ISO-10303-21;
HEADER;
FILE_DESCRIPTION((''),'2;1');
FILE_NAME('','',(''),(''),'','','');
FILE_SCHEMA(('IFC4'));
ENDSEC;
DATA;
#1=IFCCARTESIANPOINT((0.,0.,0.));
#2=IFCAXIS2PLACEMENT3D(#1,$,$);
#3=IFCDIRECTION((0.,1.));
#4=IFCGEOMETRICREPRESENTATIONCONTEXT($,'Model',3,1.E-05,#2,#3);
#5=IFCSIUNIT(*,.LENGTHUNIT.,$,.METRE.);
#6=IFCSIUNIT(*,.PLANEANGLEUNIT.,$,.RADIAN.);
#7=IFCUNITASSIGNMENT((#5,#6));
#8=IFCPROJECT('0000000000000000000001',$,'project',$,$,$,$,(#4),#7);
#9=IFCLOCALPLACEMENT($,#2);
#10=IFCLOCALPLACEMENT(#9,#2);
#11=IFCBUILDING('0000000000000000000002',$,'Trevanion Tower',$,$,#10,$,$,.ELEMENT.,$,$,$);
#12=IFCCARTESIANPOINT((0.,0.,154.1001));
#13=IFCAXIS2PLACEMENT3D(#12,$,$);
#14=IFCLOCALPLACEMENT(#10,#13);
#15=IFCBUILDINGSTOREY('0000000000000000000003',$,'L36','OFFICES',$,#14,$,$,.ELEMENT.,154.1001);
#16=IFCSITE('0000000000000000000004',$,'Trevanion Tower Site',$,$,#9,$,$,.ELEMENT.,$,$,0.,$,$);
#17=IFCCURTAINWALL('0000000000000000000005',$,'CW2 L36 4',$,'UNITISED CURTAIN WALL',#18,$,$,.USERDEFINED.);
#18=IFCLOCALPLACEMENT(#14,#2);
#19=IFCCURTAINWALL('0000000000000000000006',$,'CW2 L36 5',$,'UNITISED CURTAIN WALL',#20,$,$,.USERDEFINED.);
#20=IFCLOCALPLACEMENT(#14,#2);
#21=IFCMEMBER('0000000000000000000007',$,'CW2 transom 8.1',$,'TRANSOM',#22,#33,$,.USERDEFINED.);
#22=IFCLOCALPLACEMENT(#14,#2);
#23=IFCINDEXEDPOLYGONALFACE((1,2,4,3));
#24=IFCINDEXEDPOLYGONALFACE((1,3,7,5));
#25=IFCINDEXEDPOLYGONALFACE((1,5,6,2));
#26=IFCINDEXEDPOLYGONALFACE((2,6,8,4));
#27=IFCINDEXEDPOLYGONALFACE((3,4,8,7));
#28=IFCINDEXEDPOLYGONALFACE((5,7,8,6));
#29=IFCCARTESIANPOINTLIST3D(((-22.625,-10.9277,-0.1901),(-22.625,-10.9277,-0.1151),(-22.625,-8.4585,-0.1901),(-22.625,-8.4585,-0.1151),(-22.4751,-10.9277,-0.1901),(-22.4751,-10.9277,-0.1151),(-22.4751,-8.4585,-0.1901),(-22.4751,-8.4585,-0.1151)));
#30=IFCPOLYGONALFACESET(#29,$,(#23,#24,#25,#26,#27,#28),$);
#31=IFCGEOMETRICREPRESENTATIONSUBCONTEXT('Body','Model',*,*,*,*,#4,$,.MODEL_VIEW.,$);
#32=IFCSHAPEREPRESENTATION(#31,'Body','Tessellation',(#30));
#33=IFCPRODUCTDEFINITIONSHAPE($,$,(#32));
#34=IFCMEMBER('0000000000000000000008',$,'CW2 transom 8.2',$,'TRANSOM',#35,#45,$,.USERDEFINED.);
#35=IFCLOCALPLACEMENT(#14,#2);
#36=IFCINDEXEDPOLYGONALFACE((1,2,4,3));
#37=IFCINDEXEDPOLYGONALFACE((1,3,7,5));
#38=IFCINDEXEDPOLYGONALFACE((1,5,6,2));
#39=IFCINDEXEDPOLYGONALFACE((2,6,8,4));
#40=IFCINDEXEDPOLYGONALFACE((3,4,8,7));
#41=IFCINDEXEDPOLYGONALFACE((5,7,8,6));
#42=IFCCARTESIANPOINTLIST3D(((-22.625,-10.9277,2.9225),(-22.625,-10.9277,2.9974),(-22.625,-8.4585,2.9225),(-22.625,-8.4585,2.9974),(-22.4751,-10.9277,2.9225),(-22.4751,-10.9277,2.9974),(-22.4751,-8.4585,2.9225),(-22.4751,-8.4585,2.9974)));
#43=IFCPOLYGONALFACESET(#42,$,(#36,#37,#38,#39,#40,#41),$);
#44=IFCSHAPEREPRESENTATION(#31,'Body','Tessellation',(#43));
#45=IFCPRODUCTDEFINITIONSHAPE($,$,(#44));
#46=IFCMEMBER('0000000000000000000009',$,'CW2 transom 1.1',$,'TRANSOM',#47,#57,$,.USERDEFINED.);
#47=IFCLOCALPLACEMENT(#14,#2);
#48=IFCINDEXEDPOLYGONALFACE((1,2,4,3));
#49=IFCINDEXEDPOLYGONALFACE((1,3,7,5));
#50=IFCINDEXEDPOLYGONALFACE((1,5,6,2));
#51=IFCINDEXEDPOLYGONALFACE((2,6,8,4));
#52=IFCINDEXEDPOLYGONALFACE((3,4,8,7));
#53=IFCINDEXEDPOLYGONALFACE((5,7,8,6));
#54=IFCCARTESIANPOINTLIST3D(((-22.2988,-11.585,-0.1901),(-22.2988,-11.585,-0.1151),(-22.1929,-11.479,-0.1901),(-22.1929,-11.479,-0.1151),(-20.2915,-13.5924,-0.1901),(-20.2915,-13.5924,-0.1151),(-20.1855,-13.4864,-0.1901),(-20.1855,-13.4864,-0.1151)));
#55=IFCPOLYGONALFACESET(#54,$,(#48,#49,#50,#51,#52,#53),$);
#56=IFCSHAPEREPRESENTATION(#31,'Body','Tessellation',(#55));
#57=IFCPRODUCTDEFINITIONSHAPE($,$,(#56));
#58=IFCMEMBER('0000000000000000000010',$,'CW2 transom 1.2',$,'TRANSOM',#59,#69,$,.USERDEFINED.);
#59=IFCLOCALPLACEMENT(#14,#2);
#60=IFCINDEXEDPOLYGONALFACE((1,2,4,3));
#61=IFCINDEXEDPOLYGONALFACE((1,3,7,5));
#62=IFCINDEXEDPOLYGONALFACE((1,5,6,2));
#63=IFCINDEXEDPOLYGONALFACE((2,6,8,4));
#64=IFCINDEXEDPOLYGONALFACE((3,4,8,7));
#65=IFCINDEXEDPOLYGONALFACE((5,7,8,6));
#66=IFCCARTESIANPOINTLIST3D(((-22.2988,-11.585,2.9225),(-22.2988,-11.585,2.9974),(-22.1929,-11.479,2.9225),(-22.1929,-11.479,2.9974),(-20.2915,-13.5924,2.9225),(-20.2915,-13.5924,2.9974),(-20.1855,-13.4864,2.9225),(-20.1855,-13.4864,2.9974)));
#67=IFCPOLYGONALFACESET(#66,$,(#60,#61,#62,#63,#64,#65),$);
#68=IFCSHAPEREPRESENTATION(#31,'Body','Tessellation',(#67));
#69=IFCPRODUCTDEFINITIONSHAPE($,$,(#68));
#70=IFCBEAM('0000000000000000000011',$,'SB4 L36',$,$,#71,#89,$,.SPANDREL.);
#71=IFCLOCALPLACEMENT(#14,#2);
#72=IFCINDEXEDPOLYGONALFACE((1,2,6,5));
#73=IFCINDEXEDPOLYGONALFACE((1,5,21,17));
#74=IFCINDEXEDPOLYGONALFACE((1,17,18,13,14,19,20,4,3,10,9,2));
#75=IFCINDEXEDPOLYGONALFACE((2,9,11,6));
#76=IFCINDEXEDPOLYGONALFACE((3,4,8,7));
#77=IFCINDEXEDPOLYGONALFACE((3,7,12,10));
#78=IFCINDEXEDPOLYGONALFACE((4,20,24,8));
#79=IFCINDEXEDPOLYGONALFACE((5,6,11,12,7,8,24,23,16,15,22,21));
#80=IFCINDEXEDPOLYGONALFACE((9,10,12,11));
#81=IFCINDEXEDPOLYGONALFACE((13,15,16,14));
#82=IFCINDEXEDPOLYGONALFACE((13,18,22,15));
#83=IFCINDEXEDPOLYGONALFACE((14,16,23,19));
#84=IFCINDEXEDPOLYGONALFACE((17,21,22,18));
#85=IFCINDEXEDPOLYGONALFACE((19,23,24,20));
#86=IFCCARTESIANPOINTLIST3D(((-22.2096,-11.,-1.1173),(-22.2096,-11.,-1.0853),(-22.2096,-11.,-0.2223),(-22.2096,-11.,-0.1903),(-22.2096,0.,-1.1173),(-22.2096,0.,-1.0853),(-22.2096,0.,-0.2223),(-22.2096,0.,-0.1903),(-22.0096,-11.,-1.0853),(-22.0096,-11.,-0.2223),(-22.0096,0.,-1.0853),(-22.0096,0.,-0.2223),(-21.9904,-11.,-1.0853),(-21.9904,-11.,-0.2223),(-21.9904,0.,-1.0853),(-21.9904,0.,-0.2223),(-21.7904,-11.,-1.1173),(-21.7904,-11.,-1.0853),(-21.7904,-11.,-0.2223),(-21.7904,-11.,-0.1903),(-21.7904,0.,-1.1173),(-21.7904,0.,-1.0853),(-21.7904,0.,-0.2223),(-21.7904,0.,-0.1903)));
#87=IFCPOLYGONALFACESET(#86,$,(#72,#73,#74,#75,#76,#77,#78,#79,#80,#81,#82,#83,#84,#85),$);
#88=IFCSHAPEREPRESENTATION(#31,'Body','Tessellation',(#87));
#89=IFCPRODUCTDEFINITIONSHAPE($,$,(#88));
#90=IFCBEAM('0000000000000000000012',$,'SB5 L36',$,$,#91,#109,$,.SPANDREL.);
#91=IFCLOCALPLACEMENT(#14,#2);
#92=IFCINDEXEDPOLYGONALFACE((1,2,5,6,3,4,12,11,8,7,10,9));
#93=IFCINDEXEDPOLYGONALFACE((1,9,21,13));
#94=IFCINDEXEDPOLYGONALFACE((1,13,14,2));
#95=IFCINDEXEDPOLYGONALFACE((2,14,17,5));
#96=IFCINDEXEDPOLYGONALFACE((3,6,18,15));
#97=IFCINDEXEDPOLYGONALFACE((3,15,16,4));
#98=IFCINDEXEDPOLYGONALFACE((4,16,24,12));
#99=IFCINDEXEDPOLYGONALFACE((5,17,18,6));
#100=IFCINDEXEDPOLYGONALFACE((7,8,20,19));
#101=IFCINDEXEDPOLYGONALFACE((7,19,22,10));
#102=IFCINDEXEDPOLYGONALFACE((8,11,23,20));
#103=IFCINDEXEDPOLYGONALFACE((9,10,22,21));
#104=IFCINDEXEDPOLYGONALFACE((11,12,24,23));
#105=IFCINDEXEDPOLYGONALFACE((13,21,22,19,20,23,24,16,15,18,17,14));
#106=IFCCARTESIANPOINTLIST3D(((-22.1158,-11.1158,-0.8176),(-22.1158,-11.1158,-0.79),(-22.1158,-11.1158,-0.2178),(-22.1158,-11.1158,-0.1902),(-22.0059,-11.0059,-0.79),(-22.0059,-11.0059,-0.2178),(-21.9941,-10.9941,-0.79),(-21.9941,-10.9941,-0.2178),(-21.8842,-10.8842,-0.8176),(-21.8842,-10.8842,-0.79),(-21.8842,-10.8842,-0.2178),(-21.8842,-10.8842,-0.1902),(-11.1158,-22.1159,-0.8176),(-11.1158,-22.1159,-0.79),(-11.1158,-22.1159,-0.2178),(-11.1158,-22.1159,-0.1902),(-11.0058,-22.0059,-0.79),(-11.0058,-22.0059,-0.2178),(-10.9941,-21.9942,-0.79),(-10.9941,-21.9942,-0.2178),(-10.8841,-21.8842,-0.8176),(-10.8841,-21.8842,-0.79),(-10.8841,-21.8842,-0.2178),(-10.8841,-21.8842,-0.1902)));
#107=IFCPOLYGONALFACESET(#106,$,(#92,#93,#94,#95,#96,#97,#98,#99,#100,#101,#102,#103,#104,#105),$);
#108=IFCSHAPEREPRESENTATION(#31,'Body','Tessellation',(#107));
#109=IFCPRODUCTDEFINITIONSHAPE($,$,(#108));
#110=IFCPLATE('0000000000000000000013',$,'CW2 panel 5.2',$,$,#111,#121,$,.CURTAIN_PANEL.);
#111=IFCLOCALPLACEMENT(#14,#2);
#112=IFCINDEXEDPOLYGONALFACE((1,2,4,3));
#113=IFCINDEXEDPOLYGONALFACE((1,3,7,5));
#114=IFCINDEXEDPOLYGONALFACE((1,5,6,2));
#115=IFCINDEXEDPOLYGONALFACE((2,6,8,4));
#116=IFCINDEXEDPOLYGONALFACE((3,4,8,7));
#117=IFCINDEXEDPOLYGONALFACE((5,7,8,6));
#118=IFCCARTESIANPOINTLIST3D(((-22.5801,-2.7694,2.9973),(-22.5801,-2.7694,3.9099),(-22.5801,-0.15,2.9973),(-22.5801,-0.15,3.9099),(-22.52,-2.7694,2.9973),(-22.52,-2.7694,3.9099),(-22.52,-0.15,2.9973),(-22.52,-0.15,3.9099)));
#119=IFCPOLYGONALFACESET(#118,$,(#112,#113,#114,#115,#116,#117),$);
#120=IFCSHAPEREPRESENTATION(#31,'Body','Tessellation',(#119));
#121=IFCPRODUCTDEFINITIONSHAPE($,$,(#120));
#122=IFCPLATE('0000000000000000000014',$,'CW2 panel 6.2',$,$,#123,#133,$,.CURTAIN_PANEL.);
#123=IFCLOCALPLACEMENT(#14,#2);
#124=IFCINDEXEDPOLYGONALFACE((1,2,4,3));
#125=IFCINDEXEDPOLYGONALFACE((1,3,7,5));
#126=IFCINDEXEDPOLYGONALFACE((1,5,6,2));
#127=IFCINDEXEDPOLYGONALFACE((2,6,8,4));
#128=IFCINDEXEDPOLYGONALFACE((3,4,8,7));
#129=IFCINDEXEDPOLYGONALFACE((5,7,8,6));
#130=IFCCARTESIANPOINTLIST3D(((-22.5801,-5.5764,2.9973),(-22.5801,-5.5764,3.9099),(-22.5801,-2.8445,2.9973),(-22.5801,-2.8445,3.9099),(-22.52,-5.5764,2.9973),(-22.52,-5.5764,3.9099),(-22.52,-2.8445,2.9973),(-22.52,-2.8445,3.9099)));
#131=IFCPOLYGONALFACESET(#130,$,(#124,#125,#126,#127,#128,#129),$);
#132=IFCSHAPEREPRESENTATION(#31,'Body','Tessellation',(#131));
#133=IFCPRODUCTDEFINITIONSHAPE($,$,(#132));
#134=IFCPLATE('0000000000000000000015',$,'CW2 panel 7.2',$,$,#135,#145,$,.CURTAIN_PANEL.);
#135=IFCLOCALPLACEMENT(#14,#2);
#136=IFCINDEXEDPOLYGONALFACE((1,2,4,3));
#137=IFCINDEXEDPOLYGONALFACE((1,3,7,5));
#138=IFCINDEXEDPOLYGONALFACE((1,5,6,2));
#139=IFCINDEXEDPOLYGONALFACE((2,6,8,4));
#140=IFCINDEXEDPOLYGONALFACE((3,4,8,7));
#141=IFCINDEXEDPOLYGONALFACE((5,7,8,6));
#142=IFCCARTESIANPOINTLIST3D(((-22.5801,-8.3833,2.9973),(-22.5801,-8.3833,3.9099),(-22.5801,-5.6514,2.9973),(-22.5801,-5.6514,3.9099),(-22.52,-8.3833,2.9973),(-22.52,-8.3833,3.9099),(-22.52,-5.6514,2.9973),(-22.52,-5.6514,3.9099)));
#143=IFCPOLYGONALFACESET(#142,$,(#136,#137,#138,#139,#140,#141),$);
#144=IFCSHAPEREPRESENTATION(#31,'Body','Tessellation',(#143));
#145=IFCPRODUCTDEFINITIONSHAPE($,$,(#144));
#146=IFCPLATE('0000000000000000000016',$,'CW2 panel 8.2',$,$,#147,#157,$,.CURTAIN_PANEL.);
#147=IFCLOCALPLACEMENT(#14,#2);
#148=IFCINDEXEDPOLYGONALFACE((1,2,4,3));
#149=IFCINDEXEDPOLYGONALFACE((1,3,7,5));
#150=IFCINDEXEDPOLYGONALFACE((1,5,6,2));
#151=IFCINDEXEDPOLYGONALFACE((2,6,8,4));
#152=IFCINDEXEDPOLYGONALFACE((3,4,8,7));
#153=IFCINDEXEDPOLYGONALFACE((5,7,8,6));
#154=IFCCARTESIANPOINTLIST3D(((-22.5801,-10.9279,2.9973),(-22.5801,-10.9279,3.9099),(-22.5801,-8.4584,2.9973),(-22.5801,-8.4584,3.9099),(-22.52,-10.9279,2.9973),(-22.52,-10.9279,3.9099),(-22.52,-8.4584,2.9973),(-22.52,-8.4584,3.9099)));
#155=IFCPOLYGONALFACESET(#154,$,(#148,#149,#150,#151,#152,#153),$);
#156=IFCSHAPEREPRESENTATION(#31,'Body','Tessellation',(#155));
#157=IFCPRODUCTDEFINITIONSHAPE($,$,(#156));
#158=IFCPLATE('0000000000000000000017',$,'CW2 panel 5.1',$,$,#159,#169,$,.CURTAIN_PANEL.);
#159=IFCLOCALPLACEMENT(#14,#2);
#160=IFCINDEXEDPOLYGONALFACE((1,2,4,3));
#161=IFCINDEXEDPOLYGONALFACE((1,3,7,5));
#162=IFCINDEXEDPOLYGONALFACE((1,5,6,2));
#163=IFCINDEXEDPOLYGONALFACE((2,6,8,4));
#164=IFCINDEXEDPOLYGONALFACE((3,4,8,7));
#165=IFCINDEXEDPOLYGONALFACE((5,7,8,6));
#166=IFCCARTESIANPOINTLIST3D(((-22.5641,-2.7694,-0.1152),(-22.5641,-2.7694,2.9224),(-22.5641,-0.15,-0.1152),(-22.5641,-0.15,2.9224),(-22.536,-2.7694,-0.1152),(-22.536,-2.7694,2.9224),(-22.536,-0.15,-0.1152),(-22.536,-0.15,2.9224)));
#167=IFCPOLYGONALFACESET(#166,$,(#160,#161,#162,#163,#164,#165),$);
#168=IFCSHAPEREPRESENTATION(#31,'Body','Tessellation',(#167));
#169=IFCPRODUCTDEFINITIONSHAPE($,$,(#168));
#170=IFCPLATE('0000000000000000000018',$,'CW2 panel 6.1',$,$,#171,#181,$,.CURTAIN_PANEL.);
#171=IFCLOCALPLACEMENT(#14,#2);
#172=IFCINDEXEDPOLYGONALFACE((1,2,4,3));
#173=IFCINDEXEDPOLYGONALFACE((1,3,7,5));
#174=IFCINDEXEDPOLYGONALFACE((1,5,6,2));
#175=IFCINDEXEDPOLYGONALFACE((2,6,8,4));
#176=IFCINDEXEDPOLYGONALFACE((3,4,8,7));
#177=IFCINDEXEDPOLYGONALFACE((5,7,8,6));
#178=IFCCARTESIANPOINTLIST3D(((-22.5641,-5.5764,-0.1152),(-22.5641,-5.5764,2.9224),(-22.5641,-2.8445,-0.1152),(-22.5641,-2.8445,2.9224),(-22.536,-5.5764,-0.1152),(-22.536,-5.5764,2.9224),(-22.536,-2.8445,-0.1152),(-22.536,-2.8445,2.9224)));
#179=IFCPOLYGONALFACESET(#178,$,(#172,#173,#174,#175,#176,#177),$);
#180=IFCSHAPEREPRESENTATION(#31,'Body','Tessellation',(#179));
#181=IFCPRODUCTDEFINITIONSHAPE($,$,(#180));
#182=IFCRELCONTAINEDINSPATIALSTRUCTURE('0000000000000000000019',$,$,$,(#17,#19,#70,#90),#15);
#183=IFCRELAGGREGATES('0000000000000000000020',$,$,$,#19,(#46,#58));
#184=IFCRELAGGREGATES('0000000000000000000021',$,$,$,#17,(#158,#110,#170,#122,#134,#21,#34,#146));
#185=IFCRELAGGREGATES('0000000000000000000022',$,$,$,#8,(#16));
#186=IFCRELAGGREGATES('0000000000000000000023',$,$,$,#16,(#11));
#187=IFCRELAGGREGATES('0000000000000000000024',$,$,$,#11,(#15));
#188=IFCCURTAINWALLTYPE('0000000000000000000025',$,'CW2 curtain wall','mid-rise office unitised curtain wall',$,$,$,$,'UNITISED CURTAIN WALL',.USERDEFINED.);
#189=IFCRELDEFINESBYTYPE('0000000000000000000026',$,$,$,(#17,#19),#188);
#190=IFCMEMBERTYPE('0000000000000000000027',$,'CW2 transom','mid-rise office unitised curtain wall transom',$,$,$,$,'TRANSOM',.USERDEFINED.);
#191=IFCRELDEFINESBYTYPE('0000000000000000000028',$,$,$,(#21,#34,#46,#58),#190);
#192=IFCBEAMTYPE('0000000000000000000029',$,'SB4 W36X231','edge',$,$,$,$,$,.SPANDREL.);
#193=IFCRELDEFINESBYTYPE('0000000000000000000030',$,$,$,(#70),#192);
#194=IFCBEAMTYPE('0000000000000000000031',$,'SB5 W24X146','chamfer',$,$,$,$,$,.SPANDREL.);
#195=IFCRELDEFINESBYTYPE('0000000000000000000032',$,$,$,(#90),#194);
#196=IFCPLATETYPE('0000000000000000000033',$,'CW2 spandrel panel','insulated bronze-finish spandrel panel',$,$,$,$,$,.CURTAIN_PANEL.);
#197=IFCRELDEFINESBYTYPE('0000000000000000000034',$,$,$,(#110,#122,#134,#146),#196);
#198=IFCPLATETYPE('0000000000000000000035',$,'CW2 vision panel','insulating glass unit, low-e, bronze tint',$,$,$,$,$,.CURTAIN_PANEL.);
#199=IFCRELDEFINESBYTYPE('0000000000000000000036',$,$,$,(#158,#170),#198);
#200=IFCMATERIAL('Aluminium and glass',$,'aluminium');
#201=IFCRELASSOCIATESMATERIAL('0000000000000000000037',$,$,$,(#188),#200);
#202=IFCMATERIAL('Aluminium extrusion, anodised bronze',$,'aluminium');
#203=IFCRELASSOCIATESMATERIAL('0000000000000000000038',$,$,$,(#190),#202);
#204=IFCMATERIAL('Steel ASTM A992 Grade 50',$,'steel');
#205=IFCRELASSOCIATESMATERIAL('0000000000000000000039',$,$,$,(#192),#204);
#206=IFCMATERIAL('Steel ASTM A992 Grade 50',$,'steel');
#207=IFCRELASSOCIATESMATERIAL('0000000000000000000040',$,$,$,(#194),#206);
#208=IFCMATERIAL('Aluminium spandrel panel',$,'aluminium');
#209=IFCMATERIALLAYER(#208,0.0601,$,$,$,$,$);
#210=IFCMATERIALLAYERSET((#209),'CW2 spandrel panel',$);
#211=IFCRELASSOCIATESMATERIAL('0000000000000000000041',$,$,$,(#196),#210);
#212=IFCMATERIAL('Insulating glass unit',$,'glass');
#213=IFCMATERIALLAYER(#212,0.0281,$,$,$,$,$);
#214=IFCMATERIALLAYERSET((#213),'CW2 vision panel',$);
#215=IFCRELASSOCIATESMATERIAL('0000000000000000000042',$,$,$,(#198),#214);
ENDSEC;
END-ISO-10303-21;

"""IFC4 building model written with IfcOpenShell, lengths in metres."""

from ifc_helpers import new_model, si_unit, direction, frame, origin, origin_2d, place, context, subcontext, project, spatial, rectangle, i_section, extrude, material, layer, layer_set, material_profile, profile_set, type_object, element, aggregate, save


model = new_model("IFC4")

# Units and contexts
model_context = context("Model", 3, precision=1e-05, world=origin(), true_north=direction((0.0, 1.0)))
body_context = subcontext(model_context, "Body", "Model", "MODEL_VIEW")
ifc_project = project(units=[si_unit("LENGTHUNIT", "METRE"), si_unit("PLANEANGLEUNIT", "RADIAN")], contexts=[model_context])

# Site, building, storey
site_placement = place(None, origin())
site = spatial("IfcSite", under=ifc_project, at=site_placement, Name="Trevanion Tower Site", CompositionType="ELEMENT", RefElevation=0.0)
building_placement = place(site_placement, origin())
building = spatial("IfcBuilding", under=site, at=building_placement, Name="Trevanion Tower", CompositionType="ELEMENT")
storey_placement = place(building_placement, frame((0.0, 0.0, 154.1001)))
storey = spatial("IfcBuildingStorey", under=building, at=storey_placement, Name="L36", Description="OFFICES", CompositionType="ELEMENT", Elevation=154.1001)

# Curtain wall
ifc_material_1 = material(Name="Aluminium and glass", Category="aluminium")
curtain_wall_type = type_object("IfcCurtainWallType", Name="CW2 curtain wall", Description="mid-rise office unitised curtain wall", ElementType="UNITISED CURTAIN WALL", PredefinedType="USERDEFINED", material=ifc_material_1)
curtain_wall_1_placement = place(storey_placement, origin())
curtain_wall_1 = element("IfcCurtainWall", 1, at=curtain_wall_1_placement, inside=storey, type_object=curtain_wall_type, Name="CW2 L36 4", ObjectType="UNITISED CURTAIN WALL", PredefinedType="USERDEFINED")

# Curtain wall
curtain_wall_2_placement = place(storey_placement, origin())
curtain_wall_2 = element("IfcCurtainWall", 2, at=curtain_wall_2_placement, inside=storey, type_object=curtain_wall_type, Name="CW2 L36 5", ObjectType="UNITISED CURTAIN WALL", PredefinedType="USERDEFINED")

# Members
ifc_material_2 = material(Name="Aluminium extrusion, anodised bronze", Category="aluminium")
ifc_material_profile_1 = material_profile(ifc_material_2, rectangle(XDim=0.1499, YDim=0.075, at=origin_2d()), Name="CW2 transom")
ifc_profile_set_1 = profile_set([ifc_material_profile_1], Name="Aluminium extrusion, anodised bronze")
member_type_1 = type_object("IfcMemberType", Name="CW2 transom", Description="mid-rise office unitised curtain wall transom", ElementType="TRANSOM", PredefinedType="USERDEFINED", material=ifc_profile_set_1)
member_1_placement = place(storey_placement, frame((-22.55, -8.4585, -0.1526), z_axis=(0.0, -1.0, 0.0), x_axis=(1.0, 0.0, 0.0)))
member_1 = element("IfcMember", 3, at=member_1_placement, type_object=member_type_1, Name="CW2 transom 8.1", ObjectType="TRANSOM", PredefinedType="USERDEFINED", context=body_context, shape_type="SweptSolid", body=[
    extrude(rectangle(XDim=0.1499, YDim=0.075, at=origin_2d()), origin(), (0.0, 0.0, 1.0), 2.4692),
])
member_2_placement = place(storey_placement, frame((-22.55, -8.4585, 2.96), z_axis=(0.0, -1.0, 0.0), x_axis=(1.0, 0.0, 0.0)))
member_2 = element("IfcMember", 4, at=member_2_placement, type_object=member_type_1, Name="CW2 transom 8.2", ObjectType="TRANSOM", PredefinedType="USERDEFINED", context=body_context, shape_type="SweptSolid", body=[
    extrude(rectangle(XDim=0.1499, YDim=0.075, at=origin_2d()), origin(), (0.0, 0.0, 1.0), 2.4692),
])
member_3_placement = place(storey_placement, frame((-22.2458, -11.532, -0.1526), z_axis=(0.707107, -0.707107, 0.0), x_axis=(0.707107, 0.707107, 0.0)))
member_3 = element("IfcMember", 5, at=member_3_placement, type_object=member_type_1, Name="CW2 transom 1.1", ObjectType="TRANSOM", PredefinedType="USERDEFINED", context=body_context, shape_type="SweptSolid", body=[
    extrude(rectangle(XDim=0.1499, YDim=0.075, at=origin_2d()), origin(), (0.0, 0.0, 1.0), 2.8389),
])
member_4_placement = place(storey_placement, frame((-22.2458, -11.532, 2.96), z_axis=(0.707107, -0.707107, 0.0), x_axis=(0.707107, 0.707107, 0.0)))
member_4 = element("IfcMember", 6, at=member_4_placement, type_object=member_type_1, Name="CW2 transom 1.2", ObjectType="TRANSOM", PredefinedType="USERDEFINED", context=body_context, shape_type="SweptSolid", body=[
    extrude(rectangle(XDim=0.1499, YDim=0.075, at=origin_2d()), origin(), (0.0, 0.0, 1.0), 2.8389),
])
aggregate(curtain_wall_2, [member_3, member_4])

# Beams
ifc_material_3 = material(Name="Steel ASTM A992 Grade 50", Category="steel")
ifc_material_profile_2 = material_profile(ifc_material_3, i_section(OverallWidth=0.4192, OverallDepth=0.927, WebThickness=0.0193, FlangeThickness=0.032, at=origin_2d()), Name="W36X231")
ifc_profile_set_2 = profile_set([ifc_material_profile_2], Name="Steel ASTM A992 Grade 50")
beam_type_1 = type_object("IfcBeamType", Name="SB4 W36X231", Description="edge", PredefinedType="SPANDREL", material=ifc_profile_set_2)
beam_1_placement = place(storey_placement, frame((-22.0, 0.0, -0.6538), z_axis=(0.0, -1.0, 0.0), x_axis=(1.0, 0.0, 0.0)))
element("IfcBeam", 7, at=beam_1_placement, inside=storey, type_object=beam_type_1, Name="SB4 L36", PredefinedType="SPANDREL", context=body_context, shape_type="SweptSolid", body=[
    extrude(i_section(OverallWidth=0.4192, OverallDepth=0.927, WebThickness=0.0193, FlangeThickness=0.032, at=origin_2d()), origin(), (0.0, 0.0, 1.0), 11.0),
])
ifc_material_4 = material(Name="Steel ASTM A992 Grade 50", Category="steel")
ifc_material_profile_3 = material_profile(ifc_material_4, i_section(OverallWidth=0.3276, OverallDepth=0.6274, WebThickness=0.0166, FlangeThickness=0.0276, at=origin_2d()), Name="W24X146")
ifc_profile_set_3 = profile_set([ifc_material_profile_3], Name="Steel ASTM A992 Grade 50")
beam_type_2 = type_object("IfcBeamType", Name="SB5 W24X146", Description="chamfer", PredefinedType="SPANDREL", material=ifc_profile_set_3)
beam_2_placement = place(storey_placement, frame((-22.0, -11.0, -0.5039), z_axis=(0.707107, -0.707107, 0.0), x_axis=(0.707107, 0.707107, 0.0)))
element("IfcBeam", 8, at=beam_2_placement, inside=storey, type_object=beam_type_2, Name="SB5 L36", PredefinedType="SPANDREL", context=body_context, shape_type="SweptSolid", body=[
    extrude(i_section(OverallWidth=0.3276, OverallDepth=0.6274, WebThickness=0.0166, FlangeThickness=0.0276, at=origin_2d()), origin(), (0.0, 0.0, 1.0), 15.5564),
])

# Plates
ifc_material_5 = material(Name="Aluminium spandrel panel", Category="aluminium")
ifc_layer_1 = layer(ifc_material_5, 0.0601)
ifc_layer_set_1 = layer_set([ifc_layer_1], Name="CW2 spandrel panel")
plate_type_1 = type_object("IfcPlateType", Name="CW2 spandrel panel", Description="insulated bronze-finish spandrel panel", PredefinedType="CURTAIN_PANEL", material=ifc_layer_set_1)
plate_1_placement = place(storey_placement, frame((-22.55, -1.4597, 2.9973), z_axis=(0.0, 0.0, 1.0), x_axis=(0.0, -1.0, 0.0)))
plate_1 = element("IfcPlate", 9, at=plate_1_placement, type_object=plate_type_1, Name="CW2 panel 5.2", PredefinedType="CURTAIN_PANEL", context=body_context, shape_type="SweptSolid", body=[
    extrude(rectangle(XDim=2.6194, YDim=0.0601, at=origin_2d()), origin(), (0.0, 0.0, 1.0), 0.9126),
])
plate_2_placement = place(storey_placement, frame((-22.55, -4.2104, 2.9973), z_axis=(0.0, 0.0, 1.0), x_axis=(0.0, -1.0, 0.0)))
plate_2 = element("IfcPlate", 10, at=plate_2_placement, type_object=plate_type_1, Name="CW2 panel 6.2", PredefinedType="CURTAIN_PANEL", context=body_context, shape_type="SweptSolid", body=[
    extrude(rectangle(XDim=2.7319, YDim=0.0601, at=origin_2d()), origin(), (0.0, 0.0, 1.0), 0.9126),
])
plate_3_placement = place(storey_placement, frame((-22.55, -7.0173, 2.9973), z_axis=(0.0, 0.0, 1.0), x_axis=(0.0, -1.0, 0.0)))
plate_3 = element("IfcPlate", 11, at=plate_3_placement, type_object=plate_type_1, Name="CW2 panel 7.2", PredefinedType="CURTAIN_PANEL", context=body_context, shape_type="SweptSolid", body=[
    extrude(rectangle(XDim=2.7319, YDim=0.0601, at=origin_2d()), origin(), (0.0, 0.0, 1.0), 0.9126),
])
plate_4_placement = place(storey_placement, frame((-22.55, -9.6931, 2.9973), z_axis=(0.0, 0.0, 1.0), x_axis=(0.0, -1.0, 0.0)))
plate_4 = element("IfcPlate", 12, at=plate_4_placement, type_object=plate_type_1, Name="CW2 panel 8.2", PredefinedType="CURTAIN_PANEL", context=body_context, shape_type="SweptSolid", body=[
    extrude(rectangle(XDim=2.4695, YDim=0.0601, at=origin_2d()), origin(), (0.0, 0.0, 1.0), 0.9126),
])
ifc_material_6 = material(Name="Insulating glass unit", Category="glass")
ifc_layer_2 = layer(ifc_material_6, 0.0281)
ifc_layer_set_2 = layer_set([ifc_layer_2], Name="CW2 vision panel")
plate_type_2 = type_object("IfcPlateType", Name="CW2 vision panel", Description="insulating glass unit, low-e, bronze tint", PredefinedType="CURTAIN_PANEL", material=ifc_layer_set_2)
plate_5_placement = place(storey_placement, frame((-22.55, -1.4597, -0.1152), z_axis=(0.0, 0.0, 1.0), x_axis=(0.0, -1.0, 0.0)))
plate_5 = element("IfcPlate", 13, at=plate_5_placement, type_object=plate_type_2, Name="CW2 panel 5.1", PredefinedType="CURTAIN_PANEL", context=body_context, shape_type="SweptSolid", body=[
    extrude(rectangle(XDim=2.6194, YDim=0.0281, at=origin_2d()), origin(), (0.0, 0.0, 1.0), 3.0376),
])
plate_6_placement = place(storey_placement, frame((-22.55, -4.2104, -0.1152), z_axis=(0.0, 0.0, 1.0), x_axis=(0.0, -1.0, 0.0)))
plate_6 = element("IfcPlate", 14, at=plate_6_placement, type_object=plate_type_2, Name="CW2 panel 6.1", PredefinedType="CURTAIN_PANEL", context=body_context, shape_type="SweptSolid", body=[
    extrude(rectangle(XDim=2.7319, YDim=0.0281, at=origin_2d()), origin(), (0.0, 0.0, 1.0), 3.0376),
])
aggregate(curtain_wall_1, [plate_5, plate_1, plate_6, plate_2, plate_3, member_1, member_2, plate_4])

save(model, "model.ifc")
